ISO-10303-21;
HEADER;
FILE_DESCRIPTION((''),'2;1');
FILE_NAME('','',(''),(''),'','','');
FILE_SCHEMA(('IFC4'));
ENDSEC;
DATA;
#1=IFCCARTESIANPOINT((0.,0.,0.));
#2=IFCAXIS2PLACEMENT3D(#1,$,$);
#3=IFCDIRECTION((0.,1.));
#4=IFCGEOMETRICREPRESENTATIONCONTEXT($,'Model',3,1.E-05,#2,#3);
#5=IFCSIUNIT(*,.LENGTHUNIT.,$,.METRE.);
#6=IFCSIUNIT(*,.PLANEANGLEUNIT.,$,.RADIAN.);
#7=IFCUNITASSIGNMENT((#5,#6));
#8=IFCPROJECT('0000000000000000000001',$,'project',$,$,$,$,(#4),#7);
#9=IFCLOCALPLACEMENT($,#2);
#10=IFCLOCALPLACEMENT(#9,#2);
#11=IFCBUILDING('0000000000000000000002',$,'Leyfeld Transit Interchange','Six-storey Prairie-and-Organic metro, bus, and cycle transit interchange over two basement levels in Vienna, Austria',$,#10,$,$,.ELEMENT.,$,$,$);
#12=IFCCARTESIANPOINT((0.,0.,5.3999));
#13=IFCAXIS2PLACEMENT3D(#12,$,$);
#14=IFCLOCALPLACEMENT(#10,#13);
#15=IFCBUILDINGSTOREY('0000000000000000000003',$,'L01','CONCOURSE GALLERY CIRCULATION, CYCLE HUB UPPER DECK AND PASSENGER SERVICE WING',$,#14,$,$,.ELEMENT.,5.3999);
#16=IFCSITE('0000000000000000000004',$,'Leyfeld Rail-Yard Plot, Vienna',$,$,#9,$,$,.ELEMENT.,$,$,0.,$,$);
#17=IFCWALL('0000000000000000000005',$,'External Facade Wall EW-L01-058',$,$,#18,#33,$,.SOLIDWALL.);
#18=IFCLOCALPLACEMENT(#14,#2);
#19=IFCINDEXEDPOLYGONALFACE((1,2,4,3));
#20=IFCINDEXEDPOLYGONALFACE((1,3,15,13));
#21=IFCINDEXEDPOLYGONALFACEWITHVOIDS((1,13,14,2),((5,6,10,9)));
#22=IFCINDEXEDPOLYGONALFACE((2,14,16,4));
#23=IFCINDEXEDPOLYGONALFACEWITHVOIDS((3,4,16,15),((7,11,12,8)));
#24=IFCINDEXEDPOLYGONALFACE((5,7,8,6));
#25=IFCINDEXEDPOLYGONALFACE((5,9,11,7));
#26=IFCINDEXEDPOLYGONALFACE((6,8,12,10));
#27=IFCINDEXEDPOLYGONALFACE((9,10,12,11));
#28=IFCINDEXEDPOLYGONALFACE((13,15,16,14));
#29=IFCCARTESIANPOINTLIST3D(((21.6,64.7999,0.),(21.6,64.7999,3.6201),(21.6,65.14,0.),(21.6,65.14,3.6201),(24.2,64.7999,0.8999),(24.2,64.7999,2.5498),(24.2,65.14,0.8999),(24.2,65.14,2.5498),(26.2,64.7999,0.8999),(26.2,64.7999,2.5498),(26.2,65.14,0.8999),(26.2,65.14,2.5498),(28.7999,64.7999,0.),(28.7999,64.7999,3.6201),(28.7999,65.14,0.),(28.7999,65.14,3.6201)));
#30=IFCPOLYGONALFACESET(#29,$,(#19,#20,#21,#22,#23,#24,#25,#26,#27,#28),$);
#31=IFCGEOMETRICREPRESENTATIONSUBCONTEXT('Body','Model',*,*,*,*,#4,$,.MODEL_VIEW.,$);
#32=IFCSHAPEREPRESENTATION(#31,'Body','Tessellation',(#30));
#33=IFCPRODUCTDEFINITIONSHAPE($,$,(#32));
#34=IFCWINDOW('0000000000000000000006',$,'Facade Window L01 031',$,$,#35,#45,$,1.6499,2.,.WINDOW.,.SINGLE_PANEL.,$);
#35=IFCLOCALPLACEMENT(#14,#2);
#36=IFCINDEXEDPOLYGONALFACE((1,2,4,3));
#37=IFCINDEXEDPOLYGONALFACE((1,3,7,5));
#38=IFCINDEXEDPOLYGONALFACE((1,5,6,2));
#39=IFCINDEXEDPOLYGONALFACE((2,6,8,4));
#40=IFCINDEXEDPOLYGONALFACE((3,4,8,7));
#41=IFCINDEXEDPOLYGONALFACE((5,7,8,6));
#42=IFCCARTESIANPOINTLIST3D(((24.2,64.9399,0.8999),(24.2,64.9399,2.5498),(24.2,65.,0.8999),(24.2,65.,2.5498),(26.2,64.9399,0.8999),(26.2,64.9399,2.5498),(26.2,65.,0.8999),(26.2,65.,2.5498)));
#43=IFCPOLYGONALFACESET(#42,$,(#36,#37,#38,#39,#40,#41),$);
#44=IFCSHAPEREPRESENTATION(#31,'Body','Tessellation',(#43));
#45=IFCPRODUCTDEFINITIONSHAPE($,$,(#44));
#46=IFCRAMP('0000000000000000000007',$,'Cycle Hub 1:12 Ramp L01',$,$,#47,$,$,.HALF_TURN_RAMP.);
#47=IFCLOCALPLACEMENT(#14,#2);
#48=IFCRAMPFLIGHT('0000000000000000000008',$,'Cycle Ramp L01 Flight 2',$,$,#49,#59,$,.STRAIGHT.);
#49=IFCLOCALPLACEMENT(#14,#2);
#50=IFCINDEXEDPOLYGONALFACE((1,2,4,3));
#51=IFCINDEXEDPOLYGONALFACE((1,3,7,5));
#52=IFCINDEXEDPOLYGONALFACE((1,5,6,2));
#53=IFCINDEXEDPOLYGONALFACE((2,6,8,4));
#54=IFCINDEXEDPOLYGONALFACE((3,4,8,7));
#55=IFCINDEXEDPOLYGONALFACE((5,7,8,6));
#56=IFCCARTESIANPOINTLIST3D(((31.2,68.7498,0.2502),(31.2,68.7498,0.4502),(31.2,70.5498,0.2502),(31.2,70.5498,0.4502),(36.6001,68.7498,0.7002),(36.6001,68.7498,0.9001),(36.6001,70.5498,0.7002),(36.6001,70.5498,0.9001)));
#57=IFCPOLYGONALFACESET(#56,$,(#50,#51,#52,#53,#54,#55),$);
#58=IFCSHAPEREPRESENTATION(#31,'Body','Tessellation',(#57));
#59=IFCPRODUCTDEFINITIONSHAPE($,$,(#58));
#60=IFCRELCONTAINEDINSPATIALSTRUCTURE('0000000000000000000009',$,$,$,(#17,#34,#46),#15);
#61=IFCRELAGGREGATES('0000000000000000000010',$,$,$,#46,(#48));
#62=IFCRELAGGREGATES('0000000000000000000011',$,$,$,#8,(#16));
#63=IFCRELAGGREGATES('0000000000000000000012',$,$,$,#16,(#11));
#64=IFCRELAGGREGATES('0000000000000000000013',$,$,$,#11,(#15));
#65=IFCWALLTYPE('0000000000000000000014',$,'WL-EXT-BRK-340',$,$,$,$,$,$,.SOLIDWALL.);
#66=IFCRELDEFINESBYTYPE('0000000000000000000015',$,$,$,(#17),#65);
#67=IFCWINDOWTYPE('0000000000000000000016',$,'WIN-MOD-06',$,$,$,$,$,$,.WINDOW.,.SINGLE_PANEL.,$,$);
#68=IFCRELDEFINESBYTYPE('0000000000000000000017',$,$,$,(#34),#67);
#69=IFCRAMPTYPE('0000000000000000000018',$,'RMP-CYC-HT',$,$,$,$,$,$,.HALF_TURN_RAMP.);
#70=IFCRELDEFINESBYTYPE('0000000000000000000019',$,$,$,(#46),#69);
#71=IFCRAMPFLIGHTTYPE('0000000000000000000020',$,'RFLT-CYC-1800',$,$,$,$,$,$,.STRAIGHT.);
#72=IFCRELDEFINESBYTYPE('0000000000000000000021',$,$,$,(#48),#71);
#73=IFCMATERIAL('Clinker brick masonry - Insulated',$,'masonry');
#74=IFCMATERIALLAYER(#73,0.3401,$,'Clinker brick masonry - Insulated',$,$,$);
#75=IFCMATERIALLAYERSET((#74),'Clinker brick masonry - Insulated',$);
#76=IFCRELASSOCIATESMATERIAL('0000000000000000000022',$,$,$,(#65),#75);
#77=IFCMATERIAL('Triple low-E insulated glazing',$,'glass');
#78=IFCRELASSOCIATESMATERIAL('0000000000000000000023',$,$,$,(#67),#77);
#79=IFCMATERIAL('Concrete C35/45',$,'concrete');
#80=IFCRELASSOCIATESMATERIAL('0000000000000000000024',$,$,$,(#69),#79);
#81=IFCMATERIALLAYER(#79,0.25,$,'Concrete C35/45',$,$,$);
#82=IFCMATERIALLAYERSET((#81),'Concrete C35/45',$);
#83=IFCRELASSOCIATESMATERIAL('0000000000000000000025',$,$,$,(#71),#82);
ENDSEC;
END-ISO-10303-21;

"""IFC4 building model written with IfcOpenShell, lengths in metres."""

from ifc_helpers import new_model, si_unit, direction, frame, frame_2d, origin, place, context, subcontext, project, spatial, polyline, rectangle, outline, extrude, material, layer, layer_set, type_object, element, fill, aggregate, save


model = new_model("IFC4")

# Units and contexts
model_context = context("Model", 3, precision=1e-05, world=origin(), true_north=direction((0.0, 1.0)))
body_context = subcontext(model_context, "Body", "Model", "MODEL_VIEW")
ifc_project = project(units=[si_unit("LENGTHUNIT", "METRE"), si_unit("PLANEANGLEUNIT", "RADIAN")], contexts=[model_context])

# Site, building, storey
site_placement = place(None, origin())
site = spatial("IfcSite", under=ifc_project, at=site_placement, Name="Leyfeld Rail-Yard Plot, Vienna", CompositionType="ELEMENT", RefElevation=0.0)
building_placement = place(site_placement, origin())
building = spatial("IfcBuilding", under=site, at=building_placement, Name="Leyfeld Transit Interchange", Description="Six-storey Prairie-and-Organic metro, bus, and cycle transit interchange over two basement levels in Vienna, Austria", CompositionType="ELEMENT")
storey_placement = place(building_placement, frame((0.0, 0.0, 5.3999)))
storey = spatial("IfcBuildingStorey", under=building, at=storey_placement, Name="L01", Description="CONCOURSE GALLERY CIRCULATION, CYCLE HUB UPPER DECK AND PASSENGER SERVICE WING", CompositionType="ELEMENT", Elevation=5.3999)

# Shared definitions
ifc_material_1 = material(Name="Concrete C35/45", Category="concrete")

# Shared definitions
ifc_material_2 = material(Name="Triple low-E insulated glazing", Category="glass")

# Wall, opening, window
ifc_material_3 = material(Name="Clinker brick masonry - Insulated", Category="masonry")
ifc_layer_1 = layer(ifc_material_3, 0.3401, Name="Clinker brick masonry - Insulated")
ifc_layer_set_1 = layer_set([ifc_layer_1], Name="Clinker brick masonry - Insulated")
wall_type = type_object("IfcWallType", Name="WL-EXT-BRK-340", PredefinedType="SOLIDWALL", material=ifc_layer_set_1)
wall_placement = place(storey_placement, frame((28.8, 64.97, 0.0), z_axis=(0.0, 0.0, 1.0), x_axis=(-1.0, 0.0, 0.0)))
wall = element("IfcWall", 1, at=wall_placement, inside=storey, type_object=wall_type, Name="External Facade Wall EW-L01-058", PredefinedType="SOLIDWALL", context=body_context, shape_type="SweptSolid", body=[
    extrude(rectangle(XDim=7.2, YDim=0.3401, at=frame_2d((3.6001, 0.0))), origin(), (0.0, 0.0, 1.0), 3.6201),
])
opening_placement = place(wall_placement, frame((2.6001, 0.0, 0.8999)))
opening = element("IfcOpeningElement", 2, at=opening_placement, cuts=wall, PredefinedType="OPENING", context=body_context, shape_type="SweptSolid", body=[
    extrude(rectangle(XDim=2.0, YDim=1.6499, at=frame_2d((1.0, 0.825))), frame((0.0, 0.1799, 0.0), z_axis=(0.0, -1.0, 0.0), x_axis=(1.0, 0.0, 0.0)), (0.0, 0.0, 1.0), 0.3601),
])
window_type = type_object("IfcWindowType", Name="WIN-MOD-06", PartitioningType="SINGLE_PANEL", PredefinedType="WINDOW", material=ifc_material_2)
window_placement = place(opening_placement, origin())
window = element("IfcWindow", 3, at=window_placement, inside=storey, type_object=window_type, Name="Facade Window L01 031", OverallHeight=1.6499, OverallWidth=2.0, PartitioningType="SINGLE_PANEL", PredefinedType="WINDOW", context=body_context, shape_type="SweptSolid", body=[
    extrude(rectangle(XDim=2.0, YDim=1.6499, at=frame_2d((1.0, 0.825))), frame((0.0, 0.03, 0.0), z_axis=(0.0, -1.0, 0.0), x_axis=(1.0, 0.0, 0.0)), (0.0, 0.0, 1.0), 0.0601),
])
fill(opening, window)

# Ramp, ramp flight
ramp_type = type_object("IfcRampType", Name="RMP-CYC-HT", PredefinedType="HALF_TURN_RAMP", material=ifc_material_1)
ramp_placement = place(storey_placement, origin())
ramp = element("IfcRamp", 4, at=ramp_placement, inside=storey, type_object=ramp_type, Name="Cycle Hub 1:12 Ramp L01", PredefinedType="HALF_TURN_RAMP")
ifc_layer_2 = layer(ifc_material_1, 0.25, Name="Concrete C35/45")
ifc_layer_set_2 = layer_set([ifc_layer_2], Name="Concrete C35/45")
ramp_flight_type = type_object("IfcRampFlightType", Name="RFLT-CYC-1800", PredefinedType="STRAIGHT", material=ifc_layer_set_2)
ramp_flight_placement = place(storey_placement, frame((31.2, 69.6499, 0.4502), z_axis=(0.0, 0.0, 1.0), x_axis=(1.0, 0.0, 0.0)))
ramp_flight = element("IfcRampFlight", 5, at=ramp_flight_placement, type_object=ramp_flight_type, Name="Cycle Ramp L01 Flight 2", PredefinedType="STRAIGHT", context=body_context, shape_type="SweptSolid", body=[
    extrude(outline(polyline([(0.0, 0.0), (5.4001, 0.45), (5.4001, 0.25), (0.0, -0.2), (0.0, 0.0)])), frame((0.0, 0.8999, 0.0), z_axis=(0.0, -1.0, 0.0), x_axis=(1.0, 0.0, 0.0)), (0.0, 0.0, 1.0), 1.8),
])
aggregate(ramp, [ramp_flight])

save(model, "model.ifc")
